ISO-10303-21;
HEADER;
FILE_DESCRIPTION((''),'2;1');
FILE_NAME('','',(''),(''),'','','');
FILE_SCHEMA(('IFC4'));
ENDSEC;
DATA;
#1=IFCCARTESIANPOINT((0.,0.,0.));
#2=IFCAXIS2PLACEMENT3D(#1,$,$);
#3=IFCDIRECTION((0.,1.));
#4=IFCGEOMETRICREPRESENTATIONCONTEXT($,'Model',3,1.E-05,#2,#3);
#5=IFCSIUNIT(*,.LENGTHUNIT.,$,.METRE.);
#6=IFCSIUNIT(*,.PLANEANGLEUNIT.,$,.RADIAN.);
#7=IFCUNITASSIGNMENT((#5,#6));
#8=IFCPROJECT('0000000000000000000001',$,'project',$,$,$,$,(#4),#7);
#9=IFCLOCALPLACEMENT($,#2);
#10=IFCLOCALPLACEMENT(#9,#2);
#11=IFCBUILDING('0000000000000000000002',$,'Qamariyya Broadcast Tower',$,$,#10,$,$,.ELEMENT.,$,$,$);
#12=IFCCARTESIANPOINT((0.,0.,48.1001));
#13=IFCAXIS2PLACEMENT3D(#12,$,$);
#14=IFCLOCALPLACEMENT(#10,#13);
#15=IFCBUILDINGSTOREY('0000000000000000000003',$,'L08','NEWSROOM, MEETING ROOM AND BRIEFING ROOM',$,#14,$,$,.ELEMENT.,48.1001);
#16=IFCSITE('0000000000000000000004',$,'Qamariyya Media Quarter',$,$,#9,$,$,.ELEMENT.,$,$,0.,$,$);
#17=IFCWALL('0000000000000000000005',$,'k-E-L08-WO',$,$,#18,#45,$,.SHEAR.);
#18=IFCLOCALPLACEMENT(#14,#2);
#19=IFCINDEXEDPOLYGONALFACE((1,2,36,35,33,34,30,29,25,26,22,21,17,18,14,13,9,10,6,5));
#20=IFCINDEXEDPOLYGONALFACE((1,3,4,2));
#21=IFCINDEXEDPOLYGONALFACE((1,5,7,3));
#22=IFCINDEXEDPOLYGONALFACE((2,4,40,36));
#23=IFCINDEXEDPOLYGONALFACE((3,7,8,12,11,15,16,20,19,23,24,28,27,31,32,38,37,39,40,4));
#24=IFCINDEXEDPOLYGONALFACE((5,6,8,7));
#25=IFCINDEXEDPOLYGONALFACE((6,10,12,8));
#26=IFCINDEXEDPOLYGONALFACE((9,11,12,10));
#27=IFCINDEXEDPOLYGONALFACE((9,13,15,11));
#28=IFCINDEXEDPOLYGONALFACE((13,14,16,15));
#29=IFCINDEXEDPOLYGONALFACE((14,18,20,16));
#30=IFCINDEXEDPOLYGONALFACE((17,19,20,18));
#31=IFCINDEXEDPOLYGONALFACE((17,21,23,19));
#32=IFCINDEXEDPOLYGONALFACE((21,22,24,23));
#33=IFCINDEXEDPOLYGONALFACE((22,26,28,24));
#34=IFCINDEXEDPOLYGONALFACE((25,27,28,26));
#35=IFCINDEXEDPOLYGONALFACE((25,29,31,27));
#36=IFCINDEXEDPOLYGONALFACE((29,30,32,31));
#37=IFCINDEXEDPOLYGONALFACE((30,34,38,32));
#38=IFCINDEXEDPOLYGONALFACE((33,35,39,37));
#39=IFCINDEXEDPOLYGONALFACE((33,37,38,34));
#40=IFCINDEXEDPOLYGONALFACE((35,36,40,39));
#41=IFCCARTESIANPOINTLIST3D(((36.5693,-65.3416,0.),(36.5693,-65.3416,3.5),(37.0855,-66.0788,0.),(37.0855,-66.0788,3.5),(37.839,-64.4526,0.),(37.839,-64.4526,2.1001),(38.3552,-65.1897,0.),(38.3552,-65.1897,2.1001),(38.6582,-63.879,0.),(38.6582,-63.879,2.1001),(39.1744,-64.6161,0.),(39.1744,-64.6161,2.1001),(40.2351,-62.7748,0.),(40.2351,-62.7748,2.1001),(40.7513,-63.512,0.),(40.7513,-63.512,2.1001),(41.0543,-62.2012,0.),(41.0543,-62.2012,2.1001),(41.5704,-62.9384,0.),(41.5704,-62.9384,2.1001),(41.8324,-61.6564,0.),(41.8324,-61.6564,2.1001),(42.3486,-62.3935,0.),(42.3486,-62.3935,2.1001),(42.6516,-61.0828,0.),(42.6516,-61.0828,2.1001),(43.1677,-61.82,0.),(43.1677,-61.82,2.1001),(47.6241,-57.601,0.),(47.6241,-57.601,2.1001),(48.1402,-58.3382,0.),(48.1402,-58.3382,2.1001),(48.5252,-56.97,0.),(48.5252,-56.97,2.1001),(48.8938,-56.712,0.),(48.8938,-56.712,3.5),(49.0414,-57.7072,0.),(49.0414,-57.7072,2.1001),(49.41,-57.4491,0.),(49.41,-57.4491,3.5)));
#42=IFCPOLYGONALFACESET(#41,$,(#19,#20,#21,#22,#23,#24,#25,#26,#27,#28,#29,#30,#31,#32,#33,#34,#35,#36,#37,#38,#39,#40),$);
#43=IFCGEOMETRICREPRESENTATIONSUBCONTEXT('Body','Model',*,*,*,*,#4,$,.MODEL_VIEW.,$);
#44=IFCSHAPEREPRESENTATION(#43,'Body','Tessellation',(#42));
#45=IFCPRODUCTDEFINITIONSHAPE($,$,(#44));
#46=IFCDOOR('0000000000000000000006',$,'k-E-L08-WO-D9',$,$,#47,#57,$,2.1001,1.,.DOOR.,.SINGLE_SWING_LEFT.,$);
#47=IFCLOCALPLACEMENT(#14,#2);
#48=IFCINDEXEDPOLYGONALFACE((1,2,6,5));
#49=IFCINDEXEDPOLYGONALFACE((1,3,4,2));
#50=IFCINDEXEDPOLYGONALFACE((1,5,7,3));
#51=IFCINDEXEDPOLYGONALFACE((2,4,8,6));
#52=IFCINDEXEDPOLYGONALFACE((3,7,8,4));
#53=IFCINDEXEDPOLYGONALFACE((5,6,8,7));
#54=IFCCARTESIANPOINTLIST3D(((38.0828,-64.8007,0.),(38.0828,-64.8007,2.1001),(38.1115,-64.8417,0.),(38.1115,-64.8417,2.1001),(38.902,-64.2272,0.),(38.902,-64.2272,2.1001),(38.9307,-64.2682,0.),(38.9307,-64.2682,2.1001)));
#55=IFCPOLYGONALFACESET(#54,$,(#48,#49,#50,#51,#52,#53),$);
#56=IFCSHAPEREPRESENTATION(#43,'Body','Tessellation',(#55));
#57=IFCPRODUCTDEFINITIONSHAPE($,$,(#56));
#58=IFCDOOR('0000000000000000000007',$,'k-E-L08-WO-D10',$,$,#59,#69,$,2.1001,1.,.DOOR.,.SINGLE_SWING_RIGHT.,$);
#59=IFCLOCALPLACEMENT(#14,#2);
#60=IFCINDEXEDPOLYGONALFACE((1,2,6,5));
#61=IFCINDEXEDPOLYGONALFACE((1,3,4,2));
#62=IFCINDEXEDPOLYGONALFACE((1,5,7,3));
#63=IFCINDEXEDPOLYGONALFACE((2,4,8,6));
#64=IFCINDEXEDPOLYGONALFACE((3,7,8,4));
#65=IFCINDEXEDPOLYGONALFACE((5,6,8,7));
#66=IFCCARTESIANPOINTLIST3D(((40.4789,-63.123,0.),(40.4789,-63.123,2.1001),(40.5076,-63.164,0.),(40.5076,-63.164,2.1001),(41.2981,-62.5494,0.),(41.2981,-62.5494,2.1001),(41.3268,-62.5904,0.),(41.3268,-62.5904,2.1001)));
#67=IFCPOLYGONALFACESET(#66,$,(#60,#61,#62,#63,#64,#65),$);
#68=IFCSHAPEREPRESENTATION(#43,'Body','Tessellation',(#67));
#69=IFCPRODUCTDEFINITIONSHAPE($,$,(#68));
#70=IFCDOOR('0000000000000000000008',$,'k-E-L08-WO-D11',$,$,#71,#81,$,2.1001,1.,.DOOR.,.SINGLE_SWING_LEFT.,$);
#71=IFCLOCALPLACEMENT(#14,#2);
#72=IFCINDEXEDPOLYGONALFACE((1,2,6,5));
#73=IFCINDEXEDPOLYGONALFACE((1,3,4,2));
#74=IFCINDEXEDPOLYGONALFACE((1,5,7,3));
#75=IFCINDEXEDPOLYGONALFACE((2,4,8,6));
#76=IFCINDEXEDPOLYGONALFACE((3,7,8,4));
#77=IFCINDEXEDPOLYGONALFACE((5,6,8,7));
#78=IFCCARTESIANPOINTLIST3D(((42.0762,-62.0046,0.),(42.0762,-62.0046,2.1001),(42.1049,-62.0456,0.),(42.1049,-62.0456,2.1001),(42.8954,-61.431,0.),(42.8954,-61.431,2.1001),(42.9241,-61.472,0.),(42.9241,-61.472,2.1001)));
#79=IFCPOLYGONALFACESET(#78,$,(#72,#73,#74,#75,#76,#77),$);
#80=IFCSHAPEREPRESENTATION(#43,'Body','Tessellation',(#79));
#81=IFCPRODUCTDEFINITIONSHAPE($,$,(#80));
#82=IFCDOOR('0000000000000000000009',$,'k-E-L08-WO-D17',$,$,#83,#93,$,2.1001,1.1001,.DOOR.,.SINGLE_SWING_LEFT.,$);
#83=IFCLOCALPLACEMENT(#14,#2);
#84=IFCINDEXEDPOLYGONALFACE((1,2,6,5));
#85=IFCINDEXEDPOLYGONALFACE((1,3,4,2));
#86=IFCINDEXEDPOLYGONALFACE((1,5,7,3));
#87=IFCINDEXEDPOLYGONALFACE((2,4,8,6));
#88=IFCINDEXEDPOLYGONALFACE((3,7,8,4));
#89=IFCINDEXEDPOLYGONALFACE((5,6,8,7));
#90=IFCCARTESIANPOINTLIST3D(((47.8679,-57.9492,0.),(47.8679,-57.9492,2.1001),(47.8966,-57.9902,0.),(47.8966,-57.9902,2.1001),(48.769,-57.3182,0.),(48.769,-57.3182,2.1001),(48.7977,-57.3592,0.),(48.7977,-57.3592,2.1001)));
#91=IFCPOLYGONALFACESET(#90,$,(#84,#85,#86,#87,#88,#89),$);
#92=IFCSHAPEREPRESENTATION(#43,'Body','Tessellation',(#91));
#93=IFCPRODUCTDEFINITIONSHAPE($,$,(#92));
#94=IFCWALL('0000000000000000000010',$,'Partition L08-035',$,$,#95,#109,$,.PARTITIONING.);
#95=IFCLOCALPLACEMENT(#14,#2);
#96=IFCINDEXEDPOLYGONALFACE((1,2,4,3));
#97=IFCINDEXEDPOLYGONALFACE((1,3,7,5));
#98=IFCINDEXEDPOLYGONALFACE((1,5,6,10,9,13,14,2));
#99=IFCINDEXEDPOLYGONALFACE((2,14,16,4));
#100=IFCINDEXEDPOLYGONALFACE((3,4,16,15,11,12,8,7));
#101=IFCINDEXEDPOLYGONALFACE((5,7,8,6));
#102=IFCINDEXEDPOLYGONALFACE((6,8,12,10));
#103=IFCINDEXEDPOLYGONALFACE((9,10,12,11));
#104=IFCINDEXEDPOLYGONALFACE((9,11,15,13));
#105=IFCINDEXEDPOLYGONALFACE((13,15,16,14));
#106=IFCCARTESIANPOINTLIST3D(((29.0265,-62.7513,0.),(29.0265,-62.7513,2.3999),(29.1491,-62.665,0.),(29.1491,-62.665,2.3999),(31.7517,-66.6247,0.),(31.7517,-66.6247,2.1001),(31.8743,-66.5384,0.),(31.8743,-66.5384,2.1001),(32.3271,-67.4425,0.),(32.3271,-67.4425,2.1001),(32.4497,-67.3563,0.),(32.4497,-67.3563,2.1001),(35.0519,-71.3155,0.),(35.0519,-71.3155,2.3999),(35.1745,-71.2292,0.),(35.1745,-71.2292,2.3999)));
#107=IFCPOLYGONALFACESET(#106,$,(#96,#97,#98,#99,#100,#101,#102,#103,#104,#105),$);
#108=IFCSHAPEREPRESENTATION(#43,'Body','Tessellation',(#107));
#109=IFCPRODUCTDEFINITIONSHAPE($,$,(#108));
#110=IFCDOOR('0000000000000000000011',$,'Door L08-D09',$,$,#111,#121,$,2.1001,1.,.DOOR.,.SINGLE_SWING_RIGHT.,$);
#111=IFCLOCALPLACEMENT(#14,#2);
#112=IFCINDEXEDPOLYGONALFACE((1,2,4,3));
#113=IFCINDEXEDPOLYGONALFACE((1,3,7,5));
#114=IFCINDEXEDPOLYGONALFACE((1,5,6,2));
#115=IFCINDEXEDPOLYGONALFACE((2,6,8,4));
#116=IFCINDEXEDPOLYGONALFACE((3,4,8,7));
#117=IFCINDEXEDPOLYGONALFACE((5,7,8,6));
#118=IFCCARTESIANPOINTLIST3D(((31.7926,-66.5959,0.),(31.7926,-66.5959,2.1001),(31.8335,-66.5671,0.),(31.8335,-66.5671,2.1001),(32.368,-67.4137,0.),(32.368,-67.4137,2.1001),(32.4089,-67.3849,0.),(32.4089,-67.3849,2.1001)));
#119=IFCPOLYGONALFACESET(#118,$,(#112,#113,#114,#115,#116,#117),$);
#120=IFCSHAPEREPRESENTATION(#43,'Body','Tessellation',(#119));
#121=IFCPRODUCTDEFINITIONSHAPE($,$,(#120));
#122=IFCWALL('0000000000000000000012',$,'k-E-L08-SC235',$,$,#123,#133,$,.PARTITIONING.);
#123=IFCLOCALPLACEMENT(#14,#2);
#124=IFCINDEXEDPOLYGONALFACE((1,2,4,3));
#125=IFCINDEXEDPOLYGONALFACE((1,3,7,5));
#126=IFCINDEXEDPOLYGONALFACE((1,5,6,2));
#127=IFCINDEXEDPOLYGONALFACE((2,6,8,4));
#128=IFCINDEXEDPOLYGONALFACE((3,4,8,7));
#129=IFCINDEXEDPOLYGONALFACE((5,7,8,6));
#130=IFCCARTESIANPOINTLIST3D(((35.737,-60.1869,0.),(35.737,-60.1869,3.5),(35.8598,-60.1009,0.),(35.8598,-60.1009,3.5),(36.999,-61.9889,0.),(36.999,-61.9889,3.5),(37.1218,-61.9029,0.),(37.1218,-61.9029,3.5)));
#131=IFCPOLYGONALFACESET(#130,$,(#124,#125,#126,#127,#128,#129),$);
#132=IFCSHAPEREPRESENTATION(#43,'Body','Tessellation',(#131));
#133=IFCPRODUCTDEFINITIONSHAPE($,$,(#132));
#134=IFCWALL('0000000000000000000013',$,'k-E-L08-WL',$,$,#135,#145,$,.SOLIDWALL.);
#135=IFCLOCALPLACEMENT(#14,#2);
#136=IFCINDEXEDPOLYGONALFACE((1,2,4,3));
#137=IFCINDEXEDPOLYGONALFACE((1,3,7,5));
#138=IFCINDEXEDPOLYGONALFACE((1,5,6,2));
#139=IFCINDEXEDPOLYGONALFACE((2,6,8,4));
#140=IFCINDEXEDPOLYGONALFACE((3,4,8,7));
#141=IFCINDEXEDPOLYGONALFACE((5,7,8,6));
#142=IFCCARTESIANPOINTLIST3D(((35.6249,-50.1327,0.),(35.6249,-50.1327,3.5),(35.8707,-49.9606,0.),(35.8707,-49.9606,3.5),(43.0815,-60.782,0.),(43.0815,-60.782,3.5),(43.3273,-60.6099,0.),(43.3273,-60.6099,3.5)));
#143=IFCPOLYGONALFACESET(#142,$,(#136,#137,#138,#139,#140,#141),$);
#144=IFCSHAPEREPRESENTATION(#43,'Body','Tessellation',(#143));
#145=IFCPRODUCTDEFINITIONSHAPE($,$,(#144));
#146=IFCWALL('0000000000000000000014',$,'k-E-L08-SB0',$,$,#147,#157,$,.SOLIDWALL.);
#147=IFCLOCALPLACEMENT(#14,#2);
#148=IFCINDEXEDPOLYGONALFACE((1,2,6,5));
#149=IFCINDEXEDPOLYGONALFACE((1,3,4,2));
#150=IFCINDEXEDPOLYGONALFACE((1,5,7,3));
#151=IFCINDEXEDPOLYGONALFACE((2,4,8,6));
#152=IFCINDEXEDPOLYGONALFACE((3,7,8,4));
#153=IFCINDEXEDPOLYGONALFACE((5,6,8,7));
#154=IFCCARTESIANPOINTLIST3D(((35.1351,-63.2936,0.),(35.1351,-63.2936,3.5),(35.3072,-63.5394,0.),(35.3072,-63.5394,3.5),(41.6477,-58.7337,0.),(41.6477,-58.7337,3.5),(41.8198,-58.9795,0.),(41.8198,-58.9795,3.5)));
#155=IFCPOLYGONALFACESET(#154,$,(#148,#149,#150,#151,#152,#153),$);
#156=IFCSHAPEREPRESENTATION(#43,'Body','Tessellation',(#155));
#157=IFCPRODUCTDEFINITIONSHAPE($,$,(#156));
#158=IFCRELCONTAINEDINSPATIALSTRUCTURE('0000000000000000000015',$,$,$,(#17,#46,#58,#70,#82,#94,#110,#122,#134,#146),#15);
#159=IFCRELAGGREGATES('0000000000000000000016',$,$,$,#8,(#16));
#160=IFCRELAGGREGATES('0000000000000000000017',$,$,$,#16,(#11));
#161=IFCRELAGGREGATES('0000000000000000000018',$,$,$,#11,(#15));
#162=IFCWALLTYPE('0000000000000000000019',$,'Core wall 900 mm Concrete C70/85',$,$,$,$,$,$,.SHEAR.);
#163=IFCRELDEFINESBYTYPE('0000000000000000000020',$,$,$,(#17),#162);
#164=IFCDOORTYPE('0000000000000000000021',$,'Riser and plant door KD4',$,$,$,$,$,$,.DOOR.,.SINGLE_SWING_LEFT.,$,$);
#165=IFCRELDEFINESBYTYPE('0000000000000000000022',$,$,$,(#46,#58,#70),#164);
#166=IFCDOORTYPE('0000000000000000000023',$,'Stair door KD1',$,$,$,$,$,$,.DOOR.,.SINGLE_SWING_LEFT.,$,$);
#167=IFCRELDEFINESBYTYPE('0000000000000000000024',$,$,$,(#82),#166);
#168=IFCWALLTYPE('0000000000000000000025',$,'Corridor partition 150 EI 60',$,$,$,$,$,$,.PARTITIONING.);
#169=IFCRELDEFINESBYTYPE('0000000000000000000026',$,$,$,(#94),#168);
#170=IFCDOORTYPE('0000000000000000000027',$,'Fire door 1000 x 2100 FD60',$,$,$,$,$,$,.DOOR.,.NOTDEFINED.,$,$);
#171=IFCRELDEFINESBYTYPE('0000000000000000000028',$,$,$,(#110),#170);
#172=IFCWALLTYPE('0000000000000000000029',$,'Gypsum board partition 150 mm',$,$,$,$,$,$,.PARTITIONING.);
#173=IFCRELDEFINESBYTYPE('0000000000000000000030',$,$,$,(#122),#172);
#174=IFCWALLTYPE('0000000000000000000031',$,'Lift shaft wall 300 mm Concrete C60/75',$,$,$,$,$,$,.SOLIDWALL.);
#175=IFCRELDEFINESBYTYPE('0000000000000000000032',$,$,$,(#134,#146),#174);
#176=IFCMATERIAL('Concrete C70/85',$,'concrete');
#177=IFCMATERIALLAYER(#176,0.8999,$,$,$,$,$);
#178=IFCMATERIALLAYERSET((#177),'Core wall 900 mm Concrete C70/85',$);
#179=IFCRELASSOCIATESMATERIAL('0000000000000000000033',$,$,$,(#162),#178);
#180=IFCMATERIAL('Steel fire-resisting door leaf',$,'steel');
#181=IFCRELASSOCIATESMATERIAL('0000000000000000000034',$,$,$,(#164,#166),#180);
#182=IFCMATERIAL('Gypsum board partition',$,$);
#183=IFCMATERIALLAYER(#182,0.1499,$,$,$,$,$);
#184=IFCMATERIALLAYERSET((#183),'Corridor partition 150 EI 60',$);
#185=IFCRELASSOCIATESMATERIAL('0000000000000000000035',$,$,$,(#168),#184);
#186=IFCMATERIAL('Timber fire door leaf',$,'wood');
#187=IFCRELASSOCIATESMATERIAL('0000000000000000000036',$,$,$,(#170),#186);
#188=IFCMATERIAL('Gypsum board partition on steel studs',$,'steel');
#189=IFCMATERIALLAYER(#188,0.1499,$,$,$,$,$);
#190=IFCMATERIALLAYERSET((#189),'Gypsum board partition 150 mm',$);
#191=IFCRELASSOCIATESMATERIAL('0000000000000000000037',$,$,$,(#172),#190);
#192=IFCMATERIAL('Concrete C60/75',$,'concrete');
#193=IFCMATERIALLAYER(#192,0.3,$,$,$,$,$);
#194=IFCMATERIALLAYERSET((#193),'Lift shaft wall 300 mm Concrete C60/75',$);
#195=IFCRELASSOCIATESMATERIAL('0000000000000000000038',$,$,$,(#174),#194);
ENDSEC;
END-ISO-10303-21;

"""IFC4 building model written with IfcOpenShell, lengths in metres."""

from ifc_helpers import new_model, si_unit, direction, frame, frame_2d, origin, place, context, subcontext, project, spatial, rectangle, extrude, material, layer, layer_set, type_object, element, fill, save


model = new_model("IFC4")

# Units and contexts
model_context = context("Model", 3, precision=1e-05, world=origin(), true_north=direction((0.0, 1.0)))
body_context = subcontext(model_context, "Body", "Model", "MODEL_VIEW")
ifc_project = project(units=[si_unit("LENGTHUNIT", "METRE"), si_unit("PLANEANGLEUNIT", "RADIAN")], contexts=[model_context])

# Site, building, storey
site_placement = place(None, origin())
site = spatial("IfcSite", under=ifc_project, at=site_placement, Name="Qamariyya Media Quarter", CompositionType="ELEMENT", RefElevation=0.0)
building_placement = place(site_placement, origin())
building = spatial("IfcBuilding", under=site, at=building_placement, Name="Qamariyya Broadcast Tower", CompositionType="ELEMENT")
storey_placement = place(building_placement, frame((0.0, 0.0, 48.1001)))
storey = spatial("IfcBuildingStorey", under=building, at=storey_placement, Name="L08", Description="NEWSROOM, MEETING ROOM AND BRIEFING ROOM", CompositionType="ELEMENT", Elevation=48.1001)

# Shared definitions
ifc_material_1 = material(Name="Concrete C70/85", Category="concrete")

# Shared definitions
ifc_layer_1 = layer(ifc_material_1, 0.8999)
ifc_layer_set_1 = layer_set([ifc_layer_1], Name="Core wall 900 mm Concrete C70/85")
wall_type_1 = type_object("IfcWallType", Name="Core wall 900 mm Concrete C70/85", PredefinedType="SHEAR", material=ifc_layer_set_1)
ifc_material_2 = material(Name="Steel fire-resisting door leaf", Category="steel")

# Wall, openings, doors
wall_1_placement = place(storey_placement, frame((36.8274, -65.7102, 0.0), z_axis=(0.0, 0.0, 1.0), x_axis=(0.819153, 0.573575, 0.0)))
wall_1 = element("IfcWall", 1, at=wall_1_placement, inside=storey, type_object=wall_type_1, Name="k-E-L08-WO", PredefinedType="SHEAR", context=body_context, shape_type="SweptSolid", body=[
    extrude(rectangle(XDim=15.0454, YDim=0.8999, at=frame_2d((7.5227, 0.0))), origin(), (0.0, 0.0, 1.0), 3.5),
])
opening_1_placement = place(wall_1_placement, frame((1.55, 0.0, 0.0)))
opening_1 = element("IfcOpeningElement", 2, at=opening_1_placement, cuts=wall_1, PredefinedType="OPENING", context=body_context, shape_type="SweptSolid", body=[
    extrude(rectangle(XDim=1.0, YDim=2.1001, at=frame_2d((0.5, 1.05))), frame((0.0, 0.46, 0.0), z_axis=(0.0, -1.0, 0.0), x_axis=(1.0, 0.0, 0.0)), (0.0, 0.0, 1.0), 0.9199),
])
opening_2_placement = place(wall_1_placement, frame((4.4751, 0.0, 0.0)))
opening_2 = element("IfcOpeningElement", 3, at=opening_2_placement, cuts=wall_1, PredefinedType="OPENING", context=body_context, shape_type="SweptSolid", body=[
    extrude(rectangle(XDim=1.0, YDim=2.1001, at=frame_2d((0.5, 1.05))), frame((0.0, 0.46, 0.0), z_axis=(0.0, -1.0, 0.0), x_axis=(1.0, 0.0, 0.0)), (0.0, 0.0, 1.0), 0.9199),
])
opening_3_placement = place(wall_1_placement, frame((6.425, 0.0, 0.0)))
opening_3 = element("IfcOpeningElement", 4, at=opening_3_placement, cuts=wall_1, PredefinedType="OPENING", context=body_context, shape_type="SweptSolid", body=[
    extrude(rectangle(XDim=1.0, YDim=2.1001, at=frame_2d((0.5, 1.05))), frame((0.0, 0.46, 0.0), z_axis=(0.0, -1.0, 0.0), x_axis=(1.0, 0.0, 0.0)), (0.0, 0.0, 1.0), 0.9199),
])
opening_4_placement = place(wall_1_placement, frame((13.4954, 0.0, 0.0)))
opening_4 = element("IfcOpeningElement", 5, at=opening_4_placement, cuts=wall_1, PredefinedType="OPENING", context=body_context, shape_type="SweptSolid", body=[
    extrude(rectangle(XDim=1.1001, YDim=2.1001, at=frame_2d((0.55, 1.05))), frame((0.0, 0.46, 0.0), z_axis=(0.0, -1.0, 0.0), x_axis=(1.0, 0.0, 0.0)), (0.0, 0.0, 1.0), 0.9199),
])
door_type_1 = type_object("IfcDoorType", Name="Riser and plant door KD4", OperationType="SINGLE_SWING_LEFT", PredefinedType="DOOR", material=ifc_material_2)
door_1_placement = place(opening_1_placement, origin())
door_1 = element("IfcDoor", 6, at=door_1_placement, inside=storey, type_object=door_type_1, Name="k-E-L08-WO-D9", OperationType="SINGLE_SWING_LEFT", OverallHeight=2.1001, OverallWidth=1.0, PredefinedType="DOOR", context=body_context, shape_type="SweptSolid", body=[
    extrude(rectangle(XDim=1.0, YDim=2.1001, at=frame_2d((0.5, 1.05))), frame((0.0, 0.0249, 0.0), z_axis=(0.0, -1.0, 0.0), x_axis=(1.0, 0.0, 0.0)), (0.0, 0.0, 1.0), 0.05),
])
fill(opening_1, door_1)
door_2_placement = place(opening_2_placement, origin())
door_2 = element("IfcDoor", 7, at=door_2_placement, inside=storey, type_object=door_type_1, Name="k-E-L08-WO-D10", OperationType="SINGLE_SWING_RIGHT", OverallHeight=2.1001, OverallWidth=1.0, PredefinedType="DOOR", context=body_context, shape_type="SweptSolid", body=[
    extrude(rectangle(XDim=1.0, YDim=2.1001, at=frame_2d((0.5, 1.05))), frame((0.0, 0.0249, 0.0), z_axis=(0.0, -1.0, 0.0), x_axis=(1.0, 0.0, 0.0)), (0.0, 0.0, 1.0), 0.05),
])
fill(opening_2, door_2)
door_3_placement = place(opening_3_placement, origin())
door_3 = element("IfcDoor", 8, at=door_3_placement, inside=storey, type_object=door_type_1, Name="k-E-L08-WO-D11", OperationType="SINGLE_SWING_LEFT", OverallHeight=2.1001, OverallWidth=1.0, PredefinedType="DOOR", context=body_context, shape_type="SweptSolid", body=[
    extrude(rectangle(XDim=1.0, YDim=2.1001, at=frame_2d((0.5, 1.05))), frame((0.0, 0.0249, 0.0), z_axis=(0.0, -1.0, 0.0), x_axis=(1.0, 0.0, 0.0)), (0.0, 0.0, 1.0), 0.05),
])
fill(opening_3, door_3)
door_type_2 = type_object("IfcDoorType", Name="Stair door KD1", OperationType="SINGLE_SWING_LEFT", PredefinedType="DOOR", material=ifc_material_2)
door_4_placement = place(opening_4_placement, origin())
door_4 = element("IfcDoor", 9, at=door_4_placement, inside=storey, type_object=door_type_2, Name="k-E-L08-WO-D17", OperationType="SINGLE_SWING_LEFT", OverallHeight=2.1001, OverallWidth=1.1001, PredefinedType="DOOR", context=body_context, shape_type="SweptSolid", body=[
    extrude(rectangle(XDim=1.1001, YDim=2.1001, at=frame_2d((0.55, 1.05))), frame((0.0, 0.0249, 0.0), z_axis=(0.0, -1.0, 0.0), x_axis=(1.0, 0.0, 0.0)), (0.0, 0.0, 1.0), 0.05),
])
fill(opening_4, door_4)

# Wall, opening, door
ifc_material_3 = material(Name="Gypsum board partition")
ifc_layer_2 = layer(ifc_material_3, 0.1499)
ifc_layer_set_2 = layer_set([ifc_layer_2], Name="Corridor partition 150 EI 60")
wall_type_2 = type_object("IfcWallType", Name="Corridor partition 150 EI 60", PredefinedType="PARTITIONING", material=ifc_layer_set_2)
wall_2_placement = place(storey_placement, frame((35.1133, -71.2725, 0.0), z_axis=(0.0, 0.0, 1.0), x_axis=(-0.575412, 0.817864, 0.0)))
wall_2 = element("IfcWall", 10, at=wall_2_placement, inside=storey, type_object=wall_type_2, Name="Partition L08-035", PredefinedType="PARTITIONING", context=body_context, shape_type="SweptSolid", body=[
    extrude(rectangle(XDim=10.4714, YDim=0.1499, at=frame_2d((5.2358, 0.0))), origin(), (0.0, 0.0, 1.0), 2.3999),
])
opening_5_placement = place(wall_2_placement, frame((4.7356, 0.0, 0.0)))
opening_5 = element("IfcOpeningElement", 11, at=opening_5_placement, cuts=wall_2, PredefinedType="OPENING", context=body_context, shape_type="SweptSolid", body=[
    extrude(rectangle(XDim=1.0, YDim=2.1001, at=frame_2d((0.5, 1.05))), frame((0.0, 0.085, 0.0), z_axis=(0.0, -1.0, 0.0), x_axis=(1.0, 0.0, 0.0)), (0.0, 0.0, 1.0), 0.1699),
])
ifc_material_4 = material(Name="Timber fire door leaf", Category="wood")
door_type_3 = type_object("IfcDoorType", Name="Fire door 1000 x 2100 FD60", OperationType="NOTDEFINED", PredefinedType="DOOR", material=ifc_material_4)
door_5_placement = place(opening_5_placement, origin())
door_5 = element("IfcDoor", 12, at=door_5_placement, inside=storey, type_object=door_type_3, Name="Door L08-D09", OperationType="SINGLE_SWING_RIGHT", OverallHeight=2.1001, OverallWidth=1.0, PredefinedType="DOOR", context=body_context, shape_type="SweptSolid", body=[
    extrude(rectangle(XDim=1.0, YDim=2.1001, at=frame_2d((0.5, 1.05))), frame((0.0, 0.0249, 0.0), z_axis=(0.0, -1.0, 0.0), x_axis=(1.0, 0.0, 0.0)), (0.0, 0.0, 1.0), 0.05),
])
fill(opening_5, door_5)

# Walls
ifc_material_5 = material(Name="Gypsum board partition on steel studs", Category="steel")
ifc_layer_3 = layer(ifc_material_5, 0.1499)
ifc_layer_set_3 = layer_set([ifc_layer_3], Name="Gypsum board partition 150 mm")
wall_type_3 = type_object("IfcWallType", Name="Gypsum board partition 150 mm", PredefinedType="PARTITIONING", material=ifc_layer_set_3)
wall_3_placement = place(storey_placement, frame((35.7983, -60.1438, 0.0), z_axis=(0.0, 0.0, 1.0), x_axis=(0.573634, -0.819112, 0.0)))
element("IfcWall", 13, at=wall_3_placement, inside=storey, type_object=wall_type_3, Name="k-E-L08-SC235", PredefinedType="PARTITIONING", context=body_context, shape_type="SweptSolid", body=[
    extrude(rectangle(XDim=2.2, YDim=0.1499, at=frame_2d((1.1001, 0.0))), origin(), (0.0, 0.0, 1.0), 3.5),
])
ifc_material_6 = material(Name="Concrete C60/75", Category="concrete")
ifc_layer_4 = layer(ifc_material_6, 0.3)
ifc_layer_set_4 = layer_set([ifc_layer_4], Name="Lift shaft wall 300 mm Concrete C60/75")
wall_type_4 = type_object("IfcWallType", Name="Lift shaft wall 300 mm Concrete C60/75", PredefinedType="SOLIDWALL", material=ifc_layer_set_4)
wall_4_placement = place(storey_placement, frame((43.2043, -60.6958, 0.0), z_axis=(0.0, 0.0, 1.0), x_axis=(-0.573572, 0.819155, 0.0)))
element("IfcWall", 14, at=wall_4_placement, inside=storey, type_object=wall_type_4, Name="k-E-L08-WL", PredefinedType="SOLIDWALL", context=body_context, shape_type="SweptSolid", body=[
    extrude(rectangle(XDim=13.0002, YDim=0.3, at=frame_2d((6.5, 0.0))), origin(), (0.0, 0.0, 1.0), 3.5),
])
wall_5_placement = place(storey_placement, frame((35.2212, -63.4165, 0.0), z_axis=(0.0, 0.0, 1.0), x_axis=(0.819167, 0.573555, 0.0)))
element("IfcWall", 15, at=wall_5_placement, inside=storey, type_object=wall_type_4, Name="k-E-L08-SB0", PredefinedType="SOLIDWALL", context=body_context, shape_type="SweptSolid", body=[
    extrude(rectangle(XDim=7.9502, YDim=0.3, at=frame_2d((3.9751, 0.0))), origin(), (0.0, 0.0, 1.0), 3.5),
])

save(model, "model.ifc")
